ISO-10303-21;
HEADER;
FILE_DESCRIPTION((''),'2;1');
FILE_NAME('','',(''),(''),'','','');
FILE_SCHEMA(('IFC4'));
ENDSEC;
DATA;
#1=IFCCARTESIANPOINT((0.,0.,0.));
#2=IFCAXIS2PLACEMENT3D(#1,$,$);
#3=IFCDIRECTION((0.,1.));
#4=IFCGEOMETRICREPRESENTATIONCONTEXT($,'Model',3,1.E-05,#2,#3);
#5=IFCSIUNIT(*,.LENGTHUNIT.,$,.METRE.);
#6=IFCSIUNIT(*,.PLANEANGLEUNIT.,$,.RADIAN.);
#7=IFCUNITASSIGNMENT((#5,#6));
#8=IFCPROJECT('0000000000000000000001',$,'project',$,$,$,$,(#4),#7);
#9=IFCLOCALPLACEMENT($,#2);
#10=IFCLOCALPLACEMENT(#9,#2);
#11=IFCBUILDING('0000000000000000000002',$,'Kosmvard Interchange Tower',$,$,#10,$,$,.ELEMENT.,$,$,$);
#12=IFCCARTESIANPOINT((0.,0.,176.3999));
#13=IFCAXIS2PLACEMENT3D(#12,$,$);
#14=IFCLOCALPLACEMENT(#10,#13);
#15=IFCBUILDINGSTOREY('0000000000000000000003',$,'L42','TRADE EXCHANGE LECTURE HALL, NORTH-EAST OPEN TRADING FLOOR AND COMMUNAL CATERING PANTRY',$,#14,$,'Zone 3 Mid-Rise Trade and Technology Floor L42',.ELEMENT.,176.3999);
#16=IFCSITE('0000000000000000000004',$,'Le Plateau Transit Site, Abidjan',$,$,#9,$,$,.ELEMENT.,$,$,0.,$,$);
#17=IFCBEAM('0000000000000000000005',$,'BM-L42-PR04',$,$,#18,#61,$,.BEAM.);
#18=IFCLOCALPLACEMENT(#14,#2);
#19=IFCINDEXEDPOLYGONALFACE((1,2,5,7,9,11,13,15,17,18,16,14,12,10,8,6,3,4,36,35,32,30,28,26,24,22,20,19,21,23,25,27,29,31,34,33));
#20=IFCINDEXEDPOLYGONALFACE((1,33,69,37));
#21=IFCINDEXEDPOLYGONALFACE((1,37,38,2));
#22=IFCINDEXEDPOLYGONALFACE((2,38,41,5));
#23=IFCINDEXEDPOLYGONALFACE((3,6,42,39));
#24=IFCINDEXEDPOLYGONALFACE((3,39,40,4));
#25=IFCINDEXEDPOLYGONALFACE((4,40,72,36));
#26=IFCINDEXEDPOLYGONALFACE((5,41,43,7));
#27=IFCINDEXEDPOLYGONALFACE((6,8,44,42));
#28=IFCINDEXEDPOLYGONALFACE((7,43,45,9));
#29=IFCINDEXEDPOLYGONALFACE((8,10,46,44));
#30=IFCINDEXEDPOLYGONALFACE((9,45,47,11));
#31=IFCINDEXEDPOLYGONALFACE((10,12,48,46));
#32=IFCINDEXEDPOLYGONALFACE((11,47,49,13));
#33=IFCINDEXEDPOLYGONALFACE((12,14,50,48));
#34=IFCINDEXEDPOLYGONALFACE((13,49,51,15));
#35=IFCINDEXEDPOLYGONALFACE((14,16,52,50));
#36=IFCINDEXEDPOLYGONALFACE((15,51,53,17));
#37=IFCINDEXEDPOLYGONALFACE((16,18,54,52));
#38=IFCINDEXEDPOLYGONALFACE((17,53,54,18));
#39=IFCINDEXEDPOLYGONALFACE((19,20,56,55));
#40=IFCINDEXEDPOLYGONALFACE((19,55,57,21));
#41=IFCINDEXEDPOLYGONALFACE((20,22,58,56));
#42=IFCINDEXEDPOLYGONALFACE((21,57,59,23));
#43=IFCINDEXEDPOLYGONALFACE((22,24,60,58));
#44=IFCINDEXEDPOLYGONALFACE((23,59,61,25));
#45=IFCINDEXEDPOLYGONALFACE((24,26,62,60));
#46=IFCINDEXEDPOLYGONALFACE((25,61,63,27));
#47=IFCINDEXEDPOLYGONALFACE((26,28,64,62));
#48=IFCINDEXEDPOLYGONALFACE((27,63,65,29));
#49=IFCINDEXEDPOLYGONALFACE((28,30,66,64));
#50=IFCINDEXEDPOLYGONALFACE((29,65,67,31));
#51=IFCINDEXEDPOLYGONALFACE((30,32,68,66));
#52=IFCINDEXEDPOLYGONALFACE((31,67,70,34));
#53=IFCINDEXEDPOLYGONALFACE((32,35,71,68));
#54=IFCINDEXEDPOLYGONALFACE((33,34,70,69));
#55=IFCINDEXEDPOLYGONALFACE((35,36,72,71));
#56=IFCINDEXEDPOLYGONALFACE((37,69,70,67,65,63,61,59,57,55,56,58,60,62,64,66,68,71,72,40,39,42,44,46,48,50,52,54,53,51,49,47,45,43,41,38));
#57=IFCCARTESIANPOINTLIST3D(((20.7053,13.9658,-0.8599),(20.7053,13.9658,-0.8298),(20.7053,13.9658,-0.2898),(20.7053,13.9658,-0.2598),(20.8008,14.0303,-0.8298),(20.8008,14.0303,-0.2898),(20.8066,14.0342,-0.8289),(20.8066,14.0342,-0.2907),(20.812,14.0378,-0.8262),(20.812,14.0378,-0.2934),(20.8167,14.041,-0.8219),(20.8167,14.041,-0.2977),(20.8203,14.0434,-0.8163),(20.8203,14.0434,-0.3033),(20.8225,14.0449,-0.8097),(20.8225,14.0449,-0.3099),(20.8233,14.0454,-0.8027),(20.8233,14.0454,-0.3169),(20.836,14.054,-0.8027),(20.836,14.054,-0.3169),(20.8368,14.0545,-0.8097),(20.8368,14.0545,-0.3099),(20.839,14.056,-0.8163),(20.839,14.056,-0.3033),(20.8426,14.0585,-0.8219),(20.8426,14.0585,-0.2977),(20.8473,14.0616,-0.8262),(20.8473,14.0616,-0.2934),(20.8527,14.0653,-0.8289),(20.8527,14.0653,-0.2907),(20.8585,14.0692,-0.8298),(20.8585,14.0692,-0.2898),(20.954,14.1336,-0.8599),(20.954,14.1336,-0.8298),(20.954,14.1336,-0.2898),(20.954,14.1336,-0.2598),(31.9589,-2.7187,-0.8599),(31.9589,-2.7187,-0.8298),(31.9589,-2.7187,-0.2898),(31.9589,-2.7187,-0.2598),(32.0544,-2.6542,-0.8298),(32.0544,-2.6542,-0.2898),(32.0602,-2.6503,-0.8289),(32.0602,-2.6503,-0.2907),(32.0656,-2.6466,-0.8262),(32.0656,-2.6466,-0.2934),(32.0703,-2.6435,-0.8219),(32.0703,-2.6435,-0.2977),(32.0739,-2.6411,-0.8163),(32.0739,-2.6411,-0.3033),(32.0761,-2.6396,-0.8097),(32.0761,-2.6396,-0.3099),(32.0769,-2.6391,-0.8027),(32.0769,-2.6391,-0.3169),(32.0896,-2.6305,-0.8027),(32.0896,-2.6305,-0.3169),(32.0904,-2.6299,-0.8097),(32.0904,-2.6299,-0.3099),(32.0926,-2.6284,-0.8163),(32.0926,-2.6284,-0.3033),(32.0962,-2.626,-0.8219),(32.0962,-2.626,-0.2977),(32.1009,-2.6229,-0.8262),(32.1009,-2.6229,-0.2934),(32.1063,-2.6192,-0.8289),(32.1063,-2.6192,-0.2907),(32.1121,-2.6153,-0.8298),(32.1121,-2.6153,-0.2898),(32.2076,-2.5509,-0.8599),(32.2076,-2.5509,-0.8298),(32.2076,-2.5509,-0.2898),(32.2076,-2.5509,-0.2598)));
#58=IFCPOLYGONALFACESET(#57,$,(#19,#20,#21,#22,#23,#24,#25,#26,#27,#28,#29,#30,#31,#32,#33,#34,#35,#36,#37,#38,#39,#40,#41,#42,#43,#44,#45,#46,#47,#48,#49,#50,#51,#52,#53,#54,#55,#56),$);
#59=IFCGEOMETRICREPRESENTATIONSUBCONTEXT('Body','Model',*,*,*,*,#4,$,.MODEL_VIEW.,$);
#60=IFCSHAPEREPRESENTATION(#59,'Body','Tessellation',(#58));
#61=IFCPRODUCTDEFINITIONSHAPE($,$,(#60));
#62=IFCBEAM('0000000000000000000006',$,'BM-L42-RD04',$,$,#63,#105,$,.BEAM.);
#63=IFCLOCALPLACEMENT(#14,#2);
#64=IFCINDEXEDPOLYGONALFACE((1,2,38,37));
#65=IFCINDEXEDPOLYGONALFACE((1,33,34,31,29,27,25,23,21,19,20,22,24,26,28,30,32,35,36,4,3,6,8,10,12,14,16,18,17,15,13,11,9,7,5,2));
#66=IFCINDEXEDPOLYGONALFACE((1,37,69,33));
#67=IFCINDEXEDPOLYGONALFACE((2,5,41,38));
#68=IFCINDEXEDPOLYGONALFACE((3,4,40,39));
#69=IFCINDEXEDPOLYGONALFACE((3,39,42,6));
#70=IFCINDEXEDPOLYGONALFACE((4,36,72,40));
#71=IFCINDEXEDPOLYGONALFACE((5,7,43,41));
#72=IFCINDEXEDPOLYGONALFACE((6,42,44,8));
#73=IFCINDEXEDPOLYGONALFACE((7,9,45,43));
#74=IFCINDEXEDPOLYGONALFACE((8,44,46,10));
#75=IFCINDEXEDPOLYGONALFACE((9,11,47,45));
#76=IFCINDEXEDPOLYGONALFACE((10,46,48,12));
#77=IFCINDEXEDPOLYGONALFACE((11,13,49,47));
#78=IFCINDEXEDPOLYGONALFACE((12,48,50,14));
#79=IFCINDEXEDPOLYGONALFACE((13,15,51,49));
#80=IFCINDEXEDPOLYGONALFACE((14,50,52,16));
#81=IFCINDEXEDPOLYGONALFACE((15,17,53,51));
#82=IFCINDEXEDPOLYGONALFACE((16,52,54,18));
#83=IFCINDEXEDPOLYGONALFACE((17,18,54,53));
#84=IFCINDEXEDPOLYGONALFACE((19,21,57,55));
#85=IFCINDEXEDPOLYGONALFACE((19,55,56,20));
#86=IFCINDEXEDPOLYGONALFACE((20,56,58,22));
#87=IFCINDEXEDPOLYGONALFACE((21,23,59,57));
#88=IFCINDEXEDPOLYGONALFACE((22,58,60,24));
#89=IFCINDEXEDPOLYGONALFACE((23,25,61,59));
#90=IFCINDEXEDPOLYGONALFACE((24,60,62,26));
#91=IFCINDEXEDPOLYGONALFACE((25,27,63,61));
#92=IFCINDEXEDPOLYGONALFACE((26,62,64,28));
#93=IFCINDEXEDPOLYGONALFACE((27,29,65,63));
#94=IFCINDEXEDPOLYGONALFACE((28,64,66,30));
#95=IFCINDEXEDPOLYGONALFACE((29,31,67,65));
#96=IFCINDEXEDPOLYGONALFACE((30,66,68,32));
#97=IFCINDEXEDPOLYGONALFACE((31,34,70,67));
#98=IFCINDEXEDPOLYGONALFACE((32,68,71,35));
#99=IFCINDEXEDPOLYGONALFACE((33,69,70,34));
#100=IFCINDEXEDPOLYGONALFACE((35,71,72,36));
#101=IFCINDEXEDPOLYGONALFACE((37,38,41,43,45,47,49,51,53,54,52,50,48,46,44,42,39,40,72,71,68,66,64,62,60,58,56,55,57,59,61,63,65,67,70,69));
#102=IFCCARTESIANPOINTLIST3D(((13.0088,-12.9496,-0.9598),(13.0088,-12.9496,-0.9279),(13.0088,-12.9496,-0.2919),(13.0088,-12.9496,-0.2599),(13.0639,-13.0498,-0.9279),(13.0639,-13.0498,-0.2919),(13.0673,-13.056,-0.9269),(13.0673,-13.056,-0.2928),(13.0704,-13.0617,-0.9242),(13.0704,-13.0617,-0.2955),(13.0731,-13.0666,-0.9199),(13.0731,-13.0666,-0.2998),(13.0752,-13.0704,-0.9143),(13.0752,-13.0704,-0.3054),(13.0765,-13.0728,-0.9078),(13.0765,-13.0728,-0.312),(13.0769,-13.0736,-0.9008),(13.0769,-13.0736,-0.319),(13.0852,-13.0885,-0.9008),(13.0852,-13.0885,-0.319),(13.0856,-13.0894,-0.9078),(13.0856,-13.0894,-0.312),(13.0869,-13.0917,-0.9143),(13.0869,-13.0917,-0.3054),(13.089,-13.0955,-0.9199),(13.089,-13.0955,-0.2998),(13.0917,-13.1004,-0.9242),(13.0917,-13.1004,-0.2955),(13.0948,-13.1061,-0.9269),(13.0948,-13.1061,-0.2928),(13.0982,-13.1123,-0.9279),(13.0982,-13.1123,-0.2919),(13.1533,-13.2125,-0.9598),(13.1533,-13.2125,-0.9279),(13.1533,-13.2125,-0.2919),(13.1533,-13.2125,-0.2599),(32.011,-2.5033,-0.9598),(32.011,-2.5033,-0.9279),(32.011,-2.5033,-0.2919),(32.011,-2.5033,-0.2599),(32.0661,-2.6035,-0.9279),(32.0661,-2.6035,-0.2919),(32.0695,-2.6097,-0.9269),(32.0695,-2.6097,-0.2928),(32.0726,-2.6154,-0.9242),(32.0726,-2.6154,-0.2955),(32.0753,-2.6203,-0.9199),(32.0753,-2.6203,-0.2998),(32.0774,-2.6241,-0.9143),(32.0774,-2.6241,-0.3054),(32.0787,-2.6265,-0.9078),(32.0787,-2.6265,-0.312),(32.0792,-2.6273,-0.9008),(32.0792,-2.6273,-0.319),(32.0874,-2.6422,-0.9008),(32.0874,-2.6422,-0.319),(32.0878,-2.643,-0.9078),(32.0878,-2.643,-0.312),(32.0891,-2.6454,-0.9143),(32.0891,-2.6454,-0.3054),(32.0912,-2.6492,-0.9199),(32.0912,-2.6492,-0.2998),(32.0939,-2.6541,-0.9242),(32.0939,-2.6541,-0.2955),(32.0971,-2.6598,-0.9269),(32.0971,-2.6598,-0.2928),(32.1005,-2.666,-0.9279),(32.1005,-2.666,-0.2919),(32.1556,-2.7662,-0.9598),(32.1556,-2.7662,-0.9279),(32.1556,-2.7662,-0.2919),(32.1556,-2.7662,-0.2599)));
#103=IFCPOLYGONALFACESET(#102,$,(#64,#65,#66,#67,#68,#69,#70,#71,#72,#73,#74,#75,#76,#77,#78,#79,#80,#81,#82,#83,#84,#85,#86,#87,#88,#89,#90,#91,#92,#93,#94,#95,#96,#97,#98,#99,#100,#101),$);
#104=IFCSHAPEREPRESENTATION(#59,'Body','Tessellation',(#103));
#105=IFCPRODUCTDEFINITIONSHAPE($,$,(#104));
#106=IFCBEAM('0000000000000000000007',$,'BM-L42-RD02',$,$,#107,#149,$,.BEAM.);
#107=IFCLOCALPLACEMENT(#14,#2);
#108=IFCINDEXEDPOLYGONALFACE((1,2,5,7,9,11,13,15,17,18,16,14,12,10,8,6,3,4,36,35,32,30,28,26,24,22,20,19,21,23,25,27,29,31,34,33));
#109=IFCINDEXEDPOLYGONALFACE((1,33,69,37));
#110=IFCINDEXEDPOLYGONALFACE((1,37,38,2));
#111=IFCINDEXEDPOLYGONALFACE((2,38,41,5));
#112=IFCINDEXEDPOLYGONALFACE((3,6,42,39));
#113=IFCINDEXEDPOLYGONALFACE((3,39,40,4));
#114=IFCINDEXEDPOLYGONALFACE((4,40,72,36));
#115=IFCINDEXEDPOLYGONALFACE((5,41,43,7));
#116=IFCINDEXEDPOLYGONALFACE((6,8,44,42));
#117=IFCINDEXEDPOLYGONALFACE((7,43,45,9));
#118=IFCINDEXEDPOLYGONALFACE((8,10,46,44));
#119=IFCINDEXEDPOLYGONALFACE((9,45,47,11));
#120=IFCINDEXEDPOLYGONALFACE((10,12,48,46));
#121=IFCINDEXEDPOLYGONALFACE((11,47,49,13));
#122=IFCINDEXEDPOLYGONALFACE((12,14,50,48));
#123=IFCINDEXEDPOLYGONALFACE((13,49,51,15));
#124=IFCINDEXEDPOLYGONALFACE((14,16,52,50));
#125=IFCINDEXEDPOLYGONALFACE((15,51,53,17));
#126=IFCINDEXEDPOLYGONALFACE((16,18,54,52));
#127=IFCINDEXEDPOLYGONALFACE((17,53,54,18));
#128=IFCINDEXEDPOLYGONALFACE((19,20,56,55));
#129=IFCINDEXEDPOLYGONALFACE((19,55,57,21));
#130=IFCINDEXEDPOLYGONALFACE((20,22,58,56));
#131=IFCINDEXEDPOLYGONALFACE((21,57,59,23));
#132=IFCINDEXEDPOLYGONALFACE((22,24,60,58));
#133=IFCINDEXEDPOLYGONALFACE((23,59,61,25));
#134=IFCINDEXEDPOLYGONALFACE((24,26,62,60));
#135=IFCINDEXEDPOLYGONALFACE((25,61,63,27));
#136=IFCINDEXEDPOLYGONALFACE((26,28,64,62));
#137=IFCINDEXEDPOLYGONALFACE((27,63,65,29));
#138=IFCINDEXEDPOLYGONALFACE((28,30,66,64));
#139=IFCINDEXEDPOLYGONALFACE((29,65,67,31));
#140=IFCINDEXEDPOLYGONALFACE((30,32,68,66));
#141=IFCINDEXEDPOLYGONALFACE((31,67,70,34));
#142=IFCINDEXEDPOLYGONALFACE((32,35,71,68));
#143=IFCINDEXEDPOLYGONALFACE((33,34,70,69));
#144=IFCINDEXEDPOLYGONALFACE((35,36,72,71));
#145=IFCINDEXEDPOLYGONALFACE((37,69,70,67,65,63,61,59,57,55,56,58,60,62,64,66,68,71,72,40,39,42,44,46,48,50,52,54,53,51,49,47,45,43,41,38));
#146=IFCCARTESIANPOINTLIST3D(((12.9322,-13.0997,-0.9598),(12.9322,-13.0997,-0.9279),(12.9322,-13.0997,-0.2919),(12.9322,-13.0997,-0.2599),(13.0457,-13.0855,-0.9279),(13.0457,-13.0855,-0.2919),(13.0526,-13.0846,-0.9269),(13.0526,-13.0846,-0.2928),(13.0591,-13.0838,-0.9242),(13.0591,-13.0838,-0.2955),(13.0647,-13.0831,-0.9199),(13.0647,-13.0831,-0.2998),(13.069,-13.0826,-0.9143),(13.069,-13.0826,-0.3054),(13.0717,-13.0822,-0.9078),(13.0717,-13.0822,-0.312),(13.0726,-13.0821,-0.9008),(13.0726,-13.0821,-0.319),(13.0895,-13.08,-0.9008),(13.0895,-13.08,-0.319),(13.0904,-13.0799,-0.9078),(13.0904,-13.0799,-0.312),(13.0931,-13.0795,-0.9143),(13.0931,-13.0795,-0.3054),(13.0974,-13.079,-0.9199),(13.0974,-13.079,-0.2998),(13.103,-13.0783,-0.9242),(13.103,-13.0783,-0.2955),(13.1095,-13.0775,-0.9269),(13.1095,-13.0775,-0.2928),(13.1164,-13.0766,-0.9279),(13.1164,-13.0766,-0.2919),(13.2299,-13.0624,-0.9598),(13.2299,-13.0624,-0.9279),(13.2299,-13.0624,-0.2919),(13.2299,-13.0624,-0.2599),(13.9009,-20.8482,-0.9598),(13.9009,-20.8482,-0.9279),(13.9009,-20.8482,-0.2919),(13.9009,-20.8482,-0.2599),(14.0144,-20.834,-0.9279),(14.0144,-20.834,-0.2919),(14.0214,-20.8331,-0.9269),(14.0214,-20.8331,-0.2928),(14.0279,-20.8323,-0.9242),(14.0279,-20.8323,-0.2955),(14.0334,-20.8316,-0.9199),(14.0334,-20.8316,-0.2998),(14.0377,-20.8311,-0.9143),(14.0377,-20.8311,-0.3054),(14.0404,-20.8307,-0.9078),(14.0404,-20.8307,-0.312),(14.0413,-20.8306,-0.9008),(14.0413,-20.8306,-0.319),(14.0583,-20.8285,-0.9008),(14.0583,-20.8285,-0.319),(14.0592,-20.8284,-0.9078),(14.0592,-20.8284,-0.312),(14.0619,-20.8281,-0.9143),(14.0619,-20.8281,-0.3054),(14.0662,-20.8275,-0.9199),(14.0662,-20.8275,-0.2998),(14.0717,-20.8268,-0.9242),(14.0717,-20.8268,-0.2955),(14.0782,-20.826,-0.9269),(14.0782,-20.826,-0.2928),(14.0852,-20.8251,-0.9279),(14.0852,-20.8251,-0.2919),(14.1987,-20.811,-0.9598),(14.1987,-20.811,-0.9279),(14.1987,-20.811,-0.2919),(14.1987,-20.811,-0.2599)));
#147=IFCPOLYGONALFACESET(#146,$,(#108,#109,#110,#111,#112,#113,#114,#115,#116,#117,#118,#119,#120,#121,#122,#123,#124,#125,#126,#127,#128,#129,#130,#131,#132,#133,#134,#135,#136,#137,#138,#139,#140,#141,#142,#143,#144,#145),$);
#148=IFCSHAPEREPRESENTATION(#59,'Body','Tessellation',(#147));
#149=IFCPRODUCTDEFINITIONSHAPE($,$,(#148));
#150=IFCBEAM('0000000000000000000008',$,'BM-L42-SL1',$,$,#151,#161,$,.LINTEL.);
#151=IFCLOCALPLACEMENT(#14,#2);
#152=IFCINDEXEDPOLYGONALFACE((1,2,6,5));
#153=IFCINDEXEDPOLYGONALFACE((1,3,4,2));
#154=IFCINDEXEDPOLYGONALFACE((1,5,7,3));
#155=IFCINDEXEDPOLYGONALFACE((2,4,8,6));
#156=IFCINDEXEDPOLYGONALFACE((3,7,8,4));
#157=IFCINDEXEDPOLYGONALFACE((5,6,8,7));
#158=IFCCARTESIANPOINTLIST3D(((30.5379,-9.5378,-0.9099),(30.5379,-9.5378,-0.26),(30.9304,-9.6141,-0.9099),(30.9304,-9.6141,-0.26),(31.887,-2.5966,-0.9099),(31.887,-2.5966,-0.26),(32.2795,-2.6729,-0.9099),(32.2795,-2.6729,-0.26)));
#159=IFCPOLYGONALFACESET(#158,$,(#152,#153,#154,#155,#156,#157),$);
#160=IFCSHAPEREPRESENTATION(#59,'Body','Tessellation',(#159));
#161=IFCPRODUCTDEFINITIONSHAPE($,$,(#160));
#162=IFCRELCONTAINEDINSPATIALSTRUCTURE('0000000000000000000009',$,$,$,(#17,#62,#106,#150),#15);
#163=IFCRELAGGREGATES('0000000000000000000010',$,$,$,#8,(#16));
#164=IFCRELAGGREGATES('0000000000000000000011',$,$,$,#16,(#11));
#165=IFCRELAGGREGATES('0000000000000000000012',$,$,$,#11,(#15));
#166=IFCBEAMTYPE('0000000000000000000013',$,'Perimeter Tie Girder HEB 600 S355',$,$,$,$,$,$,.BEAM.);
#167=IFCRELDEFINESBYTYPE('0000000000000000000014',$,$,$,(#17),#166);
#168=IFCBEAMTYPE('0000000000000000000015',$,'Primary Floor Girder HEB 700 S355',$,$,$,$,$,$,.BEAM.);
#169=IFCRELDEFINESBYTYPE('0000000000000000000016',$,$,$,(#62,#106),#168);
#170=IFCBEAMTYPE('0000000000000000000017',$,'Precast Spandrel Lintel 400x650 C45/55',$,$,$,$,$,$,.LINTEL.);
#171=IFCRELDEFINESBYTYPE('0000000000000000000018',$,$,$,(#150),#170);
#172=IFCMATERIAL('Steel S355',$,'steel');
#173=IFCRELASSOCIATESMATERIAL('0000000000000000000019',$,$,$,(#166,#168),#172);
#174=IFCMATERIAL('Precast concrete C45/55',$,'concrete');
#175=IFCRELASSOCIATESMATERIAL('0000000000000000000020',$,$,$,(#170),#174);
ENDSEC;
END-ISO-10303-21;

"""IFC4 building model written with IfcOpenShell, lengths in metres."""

from ifc_helpers import new_model, si_unit, direction, frame, origin, origin_2d, place, context, subcontext, project, spatial, rectangle, i_section, extrude, source, transform, mapped, material, material_profile, profile_set, type_object, element, save


model = new_model("IFC4")

# Units and contexts
model_context = context("Model", 3, precision=1e-05, world=origin(), true_north=direction((0.0, 1.0)))
body_context = subcontext(model_context, "Body", "Model", "MODEL_VIEW")
ifc_project = project(units=[si_unit("LENGTHUNIT", "METRE"), si_unit("PLANEANGLEUNIT", "RADIAN")], contexts=[model_context])

# Site, building, storey
site_placement = place(None, origin())
site = spatial("IfcSite", under=ifc_project, at=site_placement, Name="Le Plateau Transit Site, Abidjan", CompositionType="ELEMENT", RefElevation=0.0)
building_placement = place(site_placement, origin())
building = spatial("IfcBuilding", under=site, at=building_placement, Name="Kosmvard Interchange Tower", CompositionType="ELEMENT")
storey_placement = place(building_placement, frame((0.0, 0.0, 176.3999)))
storey = spatial("IfcBuildingStorey", under=building, at=storey_placement, Name="L42", Description="TRADE EXCHANGE LECTURE HALL, NORTH-EAST OPEN TRADING FLOOR AND COMMUNAL CATERING PANTRY", LongName="Zone 3 Mid-Rise Trade and Technology Floor L42", CompositionType="ELEMENT", Elevation=176.3999)

# Beams
ifc_material_1 = material(Name="Steel S355", Category="steel")
ifc_material_profile_1 = material_profile(ifc_material_1, i_section(OverallWidth=0.3, OverallDepth=0.6001, WebThickness=0.0154, FlangeThickness=0.03, FilletRadius=0.0271, at=origin_2d()), Name="HEB 600")
ifc_profile_set_1 = profile_set([ifc_material_profile_1], Name="Steel S355")
beam_type_1 = type_object("IfcBeamType", Name="Perimeter Tie Girder HEB 600 S355", PredefinedType="BEAM", material=ifc_profile_set_1)
shared_shape_1 = source(origin(), body_context, "Body", "SweptSolid", [
    extrude(i_section(OverallWidth=0.3, OverallDepth=0.6001, WebThickness=0.0154, FlangeThickness=0.03, FilletRadius=0.0271, at=origin_2d()), origin(), (0.0, 0.0, 1.0), 20.125),
])
for number, where, z_axis, x_axis, name in (
    (1, (32.0833, -2.6348, -0.5598), (-0.559185, 0.829043, 0.0), (-0.829043, -0.559185, 0.0), "BM-L42-PR04"),
):
    element("IfcBeam", number, at=place(storey_placement, frame(where, z_axis=z_axis, x_axis=x_axis)), inside=storey, type_object=beam_type_1, Name=name, PredefinedType="BEAM", context=body_context, shape_type="MappedRepresentation", body=[
        mapped(shared_shape_1, transform((0.0, 0.0, 0.0), scale=1.0)),
    ])
ifc_material_profile_2 = material_profile(ifc_material_1, i_section(OverallWidth=0.3, OverallDepth=0.7, WebThickness=0.0171, FlangeThickness=0.032, FilletRadius=0.0271, at=origin_2d()), Name="HEB 700")
ifc_profile_set_2 = profile_set([ifc_material_profile_2], Name="Steel S355")
beam_type_2 = type_object("IfcBeamType", Name="Primary Floor Girder HEB 700 S355", PredefinedType="BEAM", material=ifc_profile_set_2)
shared_shape_2 = source(origin(), body_context, "Body", "SweptSolid", [
    extrude(i_section(OverallWidth=0.3, OverallDepth=0.7, WebThickness=0.0171, FlangeThickness=0.032, FilletRadius=0.0271, at=origin_2d()), origin(), (0.0, 0.0, 1.0), 21.6843),
])
beam_1_placement = place(storey_placement, frame((13.0811, -13.0811, -0.6099), z_axis=(0.876312, 0.481745, 0.0), x_axis=(-0.481745, 0.876312, 0.0)))
element("IfcBeam", 2, at=beam_1_placement, inside=storey, type_object=beam_type_2, Name="BM-L42-RD04", PredefinedType="BEAM", context=body_context, shape_type="MappedRepresentation", body=[
    mapped(shared_shape_2, transform((0.0, 0.0, 0.0), scale=1.0)),
])
shared_shape_3 = source(origin(), body_context, "Body", "SweptSolid", [
    extrude(i_section(OverallWidth=0.3, OverallDepth=0.7, WebThickness=0.0171, FlangeThickness=0.032, FilletRadius=0.0271, at=origin_2d()), origin(), (0.0, 0.0, 1.0), 7.8088),
])
beam_2_placement = place(storey_placement, frame((13.0811, -13.0811, -0.6099), z_axis=(0.124058, -0.992275, 0.0), x_axis=(0.992275, 0.124058, 0.0)))
element("IfcBeam", 3, at=beam_2_placement, inside=storey, type_object=beam_type_2, Name="BM-L42-RD02", PredefinedType="BEAM", context=body_context, shape_type="MappedRepresentation", body=[
    mapped(shared_shape_3, transform((0.0, 0.0, 0.0), scale=1.0)),
])
ifc_material_2 = material(Name="Precast concrete C45/55", Category="concrete")
ifc_material_profile_3 = material_profile(ifc_material_2, rectangle(XDim=0.3999, YDim=0.6499, at=origin_2d()), Name="SL 400x650")
ifc_profile_set_3 = profile_set([ifc_material_profile_3], Name="Precast concrete C45/55")
beam_type_3 = type_object("IfcBeamType", Name="Precast Spandrel Lintel 400x650 C45/55", PredefinedType="LINTEL", material=ifc_profile_set_3)
shared_shape_4 = source(origin(), body_context, "Body", "SweptSolid", [
    extrude(rectangle(XDim=0.3999, YDim=0.6499, at=origin_2d()), origin(), (0.0, 0.0, 1.0), 7.071),
])
beam_3_placement = place(storey_placement, frame((30.7341, -9.5759, -0.585), z_axis=(0.190795, 0.98163, 0.0), x_axis=(-0.98163, 0.190795, 0.0)))
element("IfcBeam", 4, at=beam_3_placement, inside=storey, type_object=beam_type_3, Name="BM-L42-SL1", PredefinedType="LINTEL", context=body_context, shape_type="MappedRepresentation", body=[
    mapped(shared_shape_4, transform((0.0, 0.0, 0.0), scale=1.0)),
])

save(model, "model.ifc")
